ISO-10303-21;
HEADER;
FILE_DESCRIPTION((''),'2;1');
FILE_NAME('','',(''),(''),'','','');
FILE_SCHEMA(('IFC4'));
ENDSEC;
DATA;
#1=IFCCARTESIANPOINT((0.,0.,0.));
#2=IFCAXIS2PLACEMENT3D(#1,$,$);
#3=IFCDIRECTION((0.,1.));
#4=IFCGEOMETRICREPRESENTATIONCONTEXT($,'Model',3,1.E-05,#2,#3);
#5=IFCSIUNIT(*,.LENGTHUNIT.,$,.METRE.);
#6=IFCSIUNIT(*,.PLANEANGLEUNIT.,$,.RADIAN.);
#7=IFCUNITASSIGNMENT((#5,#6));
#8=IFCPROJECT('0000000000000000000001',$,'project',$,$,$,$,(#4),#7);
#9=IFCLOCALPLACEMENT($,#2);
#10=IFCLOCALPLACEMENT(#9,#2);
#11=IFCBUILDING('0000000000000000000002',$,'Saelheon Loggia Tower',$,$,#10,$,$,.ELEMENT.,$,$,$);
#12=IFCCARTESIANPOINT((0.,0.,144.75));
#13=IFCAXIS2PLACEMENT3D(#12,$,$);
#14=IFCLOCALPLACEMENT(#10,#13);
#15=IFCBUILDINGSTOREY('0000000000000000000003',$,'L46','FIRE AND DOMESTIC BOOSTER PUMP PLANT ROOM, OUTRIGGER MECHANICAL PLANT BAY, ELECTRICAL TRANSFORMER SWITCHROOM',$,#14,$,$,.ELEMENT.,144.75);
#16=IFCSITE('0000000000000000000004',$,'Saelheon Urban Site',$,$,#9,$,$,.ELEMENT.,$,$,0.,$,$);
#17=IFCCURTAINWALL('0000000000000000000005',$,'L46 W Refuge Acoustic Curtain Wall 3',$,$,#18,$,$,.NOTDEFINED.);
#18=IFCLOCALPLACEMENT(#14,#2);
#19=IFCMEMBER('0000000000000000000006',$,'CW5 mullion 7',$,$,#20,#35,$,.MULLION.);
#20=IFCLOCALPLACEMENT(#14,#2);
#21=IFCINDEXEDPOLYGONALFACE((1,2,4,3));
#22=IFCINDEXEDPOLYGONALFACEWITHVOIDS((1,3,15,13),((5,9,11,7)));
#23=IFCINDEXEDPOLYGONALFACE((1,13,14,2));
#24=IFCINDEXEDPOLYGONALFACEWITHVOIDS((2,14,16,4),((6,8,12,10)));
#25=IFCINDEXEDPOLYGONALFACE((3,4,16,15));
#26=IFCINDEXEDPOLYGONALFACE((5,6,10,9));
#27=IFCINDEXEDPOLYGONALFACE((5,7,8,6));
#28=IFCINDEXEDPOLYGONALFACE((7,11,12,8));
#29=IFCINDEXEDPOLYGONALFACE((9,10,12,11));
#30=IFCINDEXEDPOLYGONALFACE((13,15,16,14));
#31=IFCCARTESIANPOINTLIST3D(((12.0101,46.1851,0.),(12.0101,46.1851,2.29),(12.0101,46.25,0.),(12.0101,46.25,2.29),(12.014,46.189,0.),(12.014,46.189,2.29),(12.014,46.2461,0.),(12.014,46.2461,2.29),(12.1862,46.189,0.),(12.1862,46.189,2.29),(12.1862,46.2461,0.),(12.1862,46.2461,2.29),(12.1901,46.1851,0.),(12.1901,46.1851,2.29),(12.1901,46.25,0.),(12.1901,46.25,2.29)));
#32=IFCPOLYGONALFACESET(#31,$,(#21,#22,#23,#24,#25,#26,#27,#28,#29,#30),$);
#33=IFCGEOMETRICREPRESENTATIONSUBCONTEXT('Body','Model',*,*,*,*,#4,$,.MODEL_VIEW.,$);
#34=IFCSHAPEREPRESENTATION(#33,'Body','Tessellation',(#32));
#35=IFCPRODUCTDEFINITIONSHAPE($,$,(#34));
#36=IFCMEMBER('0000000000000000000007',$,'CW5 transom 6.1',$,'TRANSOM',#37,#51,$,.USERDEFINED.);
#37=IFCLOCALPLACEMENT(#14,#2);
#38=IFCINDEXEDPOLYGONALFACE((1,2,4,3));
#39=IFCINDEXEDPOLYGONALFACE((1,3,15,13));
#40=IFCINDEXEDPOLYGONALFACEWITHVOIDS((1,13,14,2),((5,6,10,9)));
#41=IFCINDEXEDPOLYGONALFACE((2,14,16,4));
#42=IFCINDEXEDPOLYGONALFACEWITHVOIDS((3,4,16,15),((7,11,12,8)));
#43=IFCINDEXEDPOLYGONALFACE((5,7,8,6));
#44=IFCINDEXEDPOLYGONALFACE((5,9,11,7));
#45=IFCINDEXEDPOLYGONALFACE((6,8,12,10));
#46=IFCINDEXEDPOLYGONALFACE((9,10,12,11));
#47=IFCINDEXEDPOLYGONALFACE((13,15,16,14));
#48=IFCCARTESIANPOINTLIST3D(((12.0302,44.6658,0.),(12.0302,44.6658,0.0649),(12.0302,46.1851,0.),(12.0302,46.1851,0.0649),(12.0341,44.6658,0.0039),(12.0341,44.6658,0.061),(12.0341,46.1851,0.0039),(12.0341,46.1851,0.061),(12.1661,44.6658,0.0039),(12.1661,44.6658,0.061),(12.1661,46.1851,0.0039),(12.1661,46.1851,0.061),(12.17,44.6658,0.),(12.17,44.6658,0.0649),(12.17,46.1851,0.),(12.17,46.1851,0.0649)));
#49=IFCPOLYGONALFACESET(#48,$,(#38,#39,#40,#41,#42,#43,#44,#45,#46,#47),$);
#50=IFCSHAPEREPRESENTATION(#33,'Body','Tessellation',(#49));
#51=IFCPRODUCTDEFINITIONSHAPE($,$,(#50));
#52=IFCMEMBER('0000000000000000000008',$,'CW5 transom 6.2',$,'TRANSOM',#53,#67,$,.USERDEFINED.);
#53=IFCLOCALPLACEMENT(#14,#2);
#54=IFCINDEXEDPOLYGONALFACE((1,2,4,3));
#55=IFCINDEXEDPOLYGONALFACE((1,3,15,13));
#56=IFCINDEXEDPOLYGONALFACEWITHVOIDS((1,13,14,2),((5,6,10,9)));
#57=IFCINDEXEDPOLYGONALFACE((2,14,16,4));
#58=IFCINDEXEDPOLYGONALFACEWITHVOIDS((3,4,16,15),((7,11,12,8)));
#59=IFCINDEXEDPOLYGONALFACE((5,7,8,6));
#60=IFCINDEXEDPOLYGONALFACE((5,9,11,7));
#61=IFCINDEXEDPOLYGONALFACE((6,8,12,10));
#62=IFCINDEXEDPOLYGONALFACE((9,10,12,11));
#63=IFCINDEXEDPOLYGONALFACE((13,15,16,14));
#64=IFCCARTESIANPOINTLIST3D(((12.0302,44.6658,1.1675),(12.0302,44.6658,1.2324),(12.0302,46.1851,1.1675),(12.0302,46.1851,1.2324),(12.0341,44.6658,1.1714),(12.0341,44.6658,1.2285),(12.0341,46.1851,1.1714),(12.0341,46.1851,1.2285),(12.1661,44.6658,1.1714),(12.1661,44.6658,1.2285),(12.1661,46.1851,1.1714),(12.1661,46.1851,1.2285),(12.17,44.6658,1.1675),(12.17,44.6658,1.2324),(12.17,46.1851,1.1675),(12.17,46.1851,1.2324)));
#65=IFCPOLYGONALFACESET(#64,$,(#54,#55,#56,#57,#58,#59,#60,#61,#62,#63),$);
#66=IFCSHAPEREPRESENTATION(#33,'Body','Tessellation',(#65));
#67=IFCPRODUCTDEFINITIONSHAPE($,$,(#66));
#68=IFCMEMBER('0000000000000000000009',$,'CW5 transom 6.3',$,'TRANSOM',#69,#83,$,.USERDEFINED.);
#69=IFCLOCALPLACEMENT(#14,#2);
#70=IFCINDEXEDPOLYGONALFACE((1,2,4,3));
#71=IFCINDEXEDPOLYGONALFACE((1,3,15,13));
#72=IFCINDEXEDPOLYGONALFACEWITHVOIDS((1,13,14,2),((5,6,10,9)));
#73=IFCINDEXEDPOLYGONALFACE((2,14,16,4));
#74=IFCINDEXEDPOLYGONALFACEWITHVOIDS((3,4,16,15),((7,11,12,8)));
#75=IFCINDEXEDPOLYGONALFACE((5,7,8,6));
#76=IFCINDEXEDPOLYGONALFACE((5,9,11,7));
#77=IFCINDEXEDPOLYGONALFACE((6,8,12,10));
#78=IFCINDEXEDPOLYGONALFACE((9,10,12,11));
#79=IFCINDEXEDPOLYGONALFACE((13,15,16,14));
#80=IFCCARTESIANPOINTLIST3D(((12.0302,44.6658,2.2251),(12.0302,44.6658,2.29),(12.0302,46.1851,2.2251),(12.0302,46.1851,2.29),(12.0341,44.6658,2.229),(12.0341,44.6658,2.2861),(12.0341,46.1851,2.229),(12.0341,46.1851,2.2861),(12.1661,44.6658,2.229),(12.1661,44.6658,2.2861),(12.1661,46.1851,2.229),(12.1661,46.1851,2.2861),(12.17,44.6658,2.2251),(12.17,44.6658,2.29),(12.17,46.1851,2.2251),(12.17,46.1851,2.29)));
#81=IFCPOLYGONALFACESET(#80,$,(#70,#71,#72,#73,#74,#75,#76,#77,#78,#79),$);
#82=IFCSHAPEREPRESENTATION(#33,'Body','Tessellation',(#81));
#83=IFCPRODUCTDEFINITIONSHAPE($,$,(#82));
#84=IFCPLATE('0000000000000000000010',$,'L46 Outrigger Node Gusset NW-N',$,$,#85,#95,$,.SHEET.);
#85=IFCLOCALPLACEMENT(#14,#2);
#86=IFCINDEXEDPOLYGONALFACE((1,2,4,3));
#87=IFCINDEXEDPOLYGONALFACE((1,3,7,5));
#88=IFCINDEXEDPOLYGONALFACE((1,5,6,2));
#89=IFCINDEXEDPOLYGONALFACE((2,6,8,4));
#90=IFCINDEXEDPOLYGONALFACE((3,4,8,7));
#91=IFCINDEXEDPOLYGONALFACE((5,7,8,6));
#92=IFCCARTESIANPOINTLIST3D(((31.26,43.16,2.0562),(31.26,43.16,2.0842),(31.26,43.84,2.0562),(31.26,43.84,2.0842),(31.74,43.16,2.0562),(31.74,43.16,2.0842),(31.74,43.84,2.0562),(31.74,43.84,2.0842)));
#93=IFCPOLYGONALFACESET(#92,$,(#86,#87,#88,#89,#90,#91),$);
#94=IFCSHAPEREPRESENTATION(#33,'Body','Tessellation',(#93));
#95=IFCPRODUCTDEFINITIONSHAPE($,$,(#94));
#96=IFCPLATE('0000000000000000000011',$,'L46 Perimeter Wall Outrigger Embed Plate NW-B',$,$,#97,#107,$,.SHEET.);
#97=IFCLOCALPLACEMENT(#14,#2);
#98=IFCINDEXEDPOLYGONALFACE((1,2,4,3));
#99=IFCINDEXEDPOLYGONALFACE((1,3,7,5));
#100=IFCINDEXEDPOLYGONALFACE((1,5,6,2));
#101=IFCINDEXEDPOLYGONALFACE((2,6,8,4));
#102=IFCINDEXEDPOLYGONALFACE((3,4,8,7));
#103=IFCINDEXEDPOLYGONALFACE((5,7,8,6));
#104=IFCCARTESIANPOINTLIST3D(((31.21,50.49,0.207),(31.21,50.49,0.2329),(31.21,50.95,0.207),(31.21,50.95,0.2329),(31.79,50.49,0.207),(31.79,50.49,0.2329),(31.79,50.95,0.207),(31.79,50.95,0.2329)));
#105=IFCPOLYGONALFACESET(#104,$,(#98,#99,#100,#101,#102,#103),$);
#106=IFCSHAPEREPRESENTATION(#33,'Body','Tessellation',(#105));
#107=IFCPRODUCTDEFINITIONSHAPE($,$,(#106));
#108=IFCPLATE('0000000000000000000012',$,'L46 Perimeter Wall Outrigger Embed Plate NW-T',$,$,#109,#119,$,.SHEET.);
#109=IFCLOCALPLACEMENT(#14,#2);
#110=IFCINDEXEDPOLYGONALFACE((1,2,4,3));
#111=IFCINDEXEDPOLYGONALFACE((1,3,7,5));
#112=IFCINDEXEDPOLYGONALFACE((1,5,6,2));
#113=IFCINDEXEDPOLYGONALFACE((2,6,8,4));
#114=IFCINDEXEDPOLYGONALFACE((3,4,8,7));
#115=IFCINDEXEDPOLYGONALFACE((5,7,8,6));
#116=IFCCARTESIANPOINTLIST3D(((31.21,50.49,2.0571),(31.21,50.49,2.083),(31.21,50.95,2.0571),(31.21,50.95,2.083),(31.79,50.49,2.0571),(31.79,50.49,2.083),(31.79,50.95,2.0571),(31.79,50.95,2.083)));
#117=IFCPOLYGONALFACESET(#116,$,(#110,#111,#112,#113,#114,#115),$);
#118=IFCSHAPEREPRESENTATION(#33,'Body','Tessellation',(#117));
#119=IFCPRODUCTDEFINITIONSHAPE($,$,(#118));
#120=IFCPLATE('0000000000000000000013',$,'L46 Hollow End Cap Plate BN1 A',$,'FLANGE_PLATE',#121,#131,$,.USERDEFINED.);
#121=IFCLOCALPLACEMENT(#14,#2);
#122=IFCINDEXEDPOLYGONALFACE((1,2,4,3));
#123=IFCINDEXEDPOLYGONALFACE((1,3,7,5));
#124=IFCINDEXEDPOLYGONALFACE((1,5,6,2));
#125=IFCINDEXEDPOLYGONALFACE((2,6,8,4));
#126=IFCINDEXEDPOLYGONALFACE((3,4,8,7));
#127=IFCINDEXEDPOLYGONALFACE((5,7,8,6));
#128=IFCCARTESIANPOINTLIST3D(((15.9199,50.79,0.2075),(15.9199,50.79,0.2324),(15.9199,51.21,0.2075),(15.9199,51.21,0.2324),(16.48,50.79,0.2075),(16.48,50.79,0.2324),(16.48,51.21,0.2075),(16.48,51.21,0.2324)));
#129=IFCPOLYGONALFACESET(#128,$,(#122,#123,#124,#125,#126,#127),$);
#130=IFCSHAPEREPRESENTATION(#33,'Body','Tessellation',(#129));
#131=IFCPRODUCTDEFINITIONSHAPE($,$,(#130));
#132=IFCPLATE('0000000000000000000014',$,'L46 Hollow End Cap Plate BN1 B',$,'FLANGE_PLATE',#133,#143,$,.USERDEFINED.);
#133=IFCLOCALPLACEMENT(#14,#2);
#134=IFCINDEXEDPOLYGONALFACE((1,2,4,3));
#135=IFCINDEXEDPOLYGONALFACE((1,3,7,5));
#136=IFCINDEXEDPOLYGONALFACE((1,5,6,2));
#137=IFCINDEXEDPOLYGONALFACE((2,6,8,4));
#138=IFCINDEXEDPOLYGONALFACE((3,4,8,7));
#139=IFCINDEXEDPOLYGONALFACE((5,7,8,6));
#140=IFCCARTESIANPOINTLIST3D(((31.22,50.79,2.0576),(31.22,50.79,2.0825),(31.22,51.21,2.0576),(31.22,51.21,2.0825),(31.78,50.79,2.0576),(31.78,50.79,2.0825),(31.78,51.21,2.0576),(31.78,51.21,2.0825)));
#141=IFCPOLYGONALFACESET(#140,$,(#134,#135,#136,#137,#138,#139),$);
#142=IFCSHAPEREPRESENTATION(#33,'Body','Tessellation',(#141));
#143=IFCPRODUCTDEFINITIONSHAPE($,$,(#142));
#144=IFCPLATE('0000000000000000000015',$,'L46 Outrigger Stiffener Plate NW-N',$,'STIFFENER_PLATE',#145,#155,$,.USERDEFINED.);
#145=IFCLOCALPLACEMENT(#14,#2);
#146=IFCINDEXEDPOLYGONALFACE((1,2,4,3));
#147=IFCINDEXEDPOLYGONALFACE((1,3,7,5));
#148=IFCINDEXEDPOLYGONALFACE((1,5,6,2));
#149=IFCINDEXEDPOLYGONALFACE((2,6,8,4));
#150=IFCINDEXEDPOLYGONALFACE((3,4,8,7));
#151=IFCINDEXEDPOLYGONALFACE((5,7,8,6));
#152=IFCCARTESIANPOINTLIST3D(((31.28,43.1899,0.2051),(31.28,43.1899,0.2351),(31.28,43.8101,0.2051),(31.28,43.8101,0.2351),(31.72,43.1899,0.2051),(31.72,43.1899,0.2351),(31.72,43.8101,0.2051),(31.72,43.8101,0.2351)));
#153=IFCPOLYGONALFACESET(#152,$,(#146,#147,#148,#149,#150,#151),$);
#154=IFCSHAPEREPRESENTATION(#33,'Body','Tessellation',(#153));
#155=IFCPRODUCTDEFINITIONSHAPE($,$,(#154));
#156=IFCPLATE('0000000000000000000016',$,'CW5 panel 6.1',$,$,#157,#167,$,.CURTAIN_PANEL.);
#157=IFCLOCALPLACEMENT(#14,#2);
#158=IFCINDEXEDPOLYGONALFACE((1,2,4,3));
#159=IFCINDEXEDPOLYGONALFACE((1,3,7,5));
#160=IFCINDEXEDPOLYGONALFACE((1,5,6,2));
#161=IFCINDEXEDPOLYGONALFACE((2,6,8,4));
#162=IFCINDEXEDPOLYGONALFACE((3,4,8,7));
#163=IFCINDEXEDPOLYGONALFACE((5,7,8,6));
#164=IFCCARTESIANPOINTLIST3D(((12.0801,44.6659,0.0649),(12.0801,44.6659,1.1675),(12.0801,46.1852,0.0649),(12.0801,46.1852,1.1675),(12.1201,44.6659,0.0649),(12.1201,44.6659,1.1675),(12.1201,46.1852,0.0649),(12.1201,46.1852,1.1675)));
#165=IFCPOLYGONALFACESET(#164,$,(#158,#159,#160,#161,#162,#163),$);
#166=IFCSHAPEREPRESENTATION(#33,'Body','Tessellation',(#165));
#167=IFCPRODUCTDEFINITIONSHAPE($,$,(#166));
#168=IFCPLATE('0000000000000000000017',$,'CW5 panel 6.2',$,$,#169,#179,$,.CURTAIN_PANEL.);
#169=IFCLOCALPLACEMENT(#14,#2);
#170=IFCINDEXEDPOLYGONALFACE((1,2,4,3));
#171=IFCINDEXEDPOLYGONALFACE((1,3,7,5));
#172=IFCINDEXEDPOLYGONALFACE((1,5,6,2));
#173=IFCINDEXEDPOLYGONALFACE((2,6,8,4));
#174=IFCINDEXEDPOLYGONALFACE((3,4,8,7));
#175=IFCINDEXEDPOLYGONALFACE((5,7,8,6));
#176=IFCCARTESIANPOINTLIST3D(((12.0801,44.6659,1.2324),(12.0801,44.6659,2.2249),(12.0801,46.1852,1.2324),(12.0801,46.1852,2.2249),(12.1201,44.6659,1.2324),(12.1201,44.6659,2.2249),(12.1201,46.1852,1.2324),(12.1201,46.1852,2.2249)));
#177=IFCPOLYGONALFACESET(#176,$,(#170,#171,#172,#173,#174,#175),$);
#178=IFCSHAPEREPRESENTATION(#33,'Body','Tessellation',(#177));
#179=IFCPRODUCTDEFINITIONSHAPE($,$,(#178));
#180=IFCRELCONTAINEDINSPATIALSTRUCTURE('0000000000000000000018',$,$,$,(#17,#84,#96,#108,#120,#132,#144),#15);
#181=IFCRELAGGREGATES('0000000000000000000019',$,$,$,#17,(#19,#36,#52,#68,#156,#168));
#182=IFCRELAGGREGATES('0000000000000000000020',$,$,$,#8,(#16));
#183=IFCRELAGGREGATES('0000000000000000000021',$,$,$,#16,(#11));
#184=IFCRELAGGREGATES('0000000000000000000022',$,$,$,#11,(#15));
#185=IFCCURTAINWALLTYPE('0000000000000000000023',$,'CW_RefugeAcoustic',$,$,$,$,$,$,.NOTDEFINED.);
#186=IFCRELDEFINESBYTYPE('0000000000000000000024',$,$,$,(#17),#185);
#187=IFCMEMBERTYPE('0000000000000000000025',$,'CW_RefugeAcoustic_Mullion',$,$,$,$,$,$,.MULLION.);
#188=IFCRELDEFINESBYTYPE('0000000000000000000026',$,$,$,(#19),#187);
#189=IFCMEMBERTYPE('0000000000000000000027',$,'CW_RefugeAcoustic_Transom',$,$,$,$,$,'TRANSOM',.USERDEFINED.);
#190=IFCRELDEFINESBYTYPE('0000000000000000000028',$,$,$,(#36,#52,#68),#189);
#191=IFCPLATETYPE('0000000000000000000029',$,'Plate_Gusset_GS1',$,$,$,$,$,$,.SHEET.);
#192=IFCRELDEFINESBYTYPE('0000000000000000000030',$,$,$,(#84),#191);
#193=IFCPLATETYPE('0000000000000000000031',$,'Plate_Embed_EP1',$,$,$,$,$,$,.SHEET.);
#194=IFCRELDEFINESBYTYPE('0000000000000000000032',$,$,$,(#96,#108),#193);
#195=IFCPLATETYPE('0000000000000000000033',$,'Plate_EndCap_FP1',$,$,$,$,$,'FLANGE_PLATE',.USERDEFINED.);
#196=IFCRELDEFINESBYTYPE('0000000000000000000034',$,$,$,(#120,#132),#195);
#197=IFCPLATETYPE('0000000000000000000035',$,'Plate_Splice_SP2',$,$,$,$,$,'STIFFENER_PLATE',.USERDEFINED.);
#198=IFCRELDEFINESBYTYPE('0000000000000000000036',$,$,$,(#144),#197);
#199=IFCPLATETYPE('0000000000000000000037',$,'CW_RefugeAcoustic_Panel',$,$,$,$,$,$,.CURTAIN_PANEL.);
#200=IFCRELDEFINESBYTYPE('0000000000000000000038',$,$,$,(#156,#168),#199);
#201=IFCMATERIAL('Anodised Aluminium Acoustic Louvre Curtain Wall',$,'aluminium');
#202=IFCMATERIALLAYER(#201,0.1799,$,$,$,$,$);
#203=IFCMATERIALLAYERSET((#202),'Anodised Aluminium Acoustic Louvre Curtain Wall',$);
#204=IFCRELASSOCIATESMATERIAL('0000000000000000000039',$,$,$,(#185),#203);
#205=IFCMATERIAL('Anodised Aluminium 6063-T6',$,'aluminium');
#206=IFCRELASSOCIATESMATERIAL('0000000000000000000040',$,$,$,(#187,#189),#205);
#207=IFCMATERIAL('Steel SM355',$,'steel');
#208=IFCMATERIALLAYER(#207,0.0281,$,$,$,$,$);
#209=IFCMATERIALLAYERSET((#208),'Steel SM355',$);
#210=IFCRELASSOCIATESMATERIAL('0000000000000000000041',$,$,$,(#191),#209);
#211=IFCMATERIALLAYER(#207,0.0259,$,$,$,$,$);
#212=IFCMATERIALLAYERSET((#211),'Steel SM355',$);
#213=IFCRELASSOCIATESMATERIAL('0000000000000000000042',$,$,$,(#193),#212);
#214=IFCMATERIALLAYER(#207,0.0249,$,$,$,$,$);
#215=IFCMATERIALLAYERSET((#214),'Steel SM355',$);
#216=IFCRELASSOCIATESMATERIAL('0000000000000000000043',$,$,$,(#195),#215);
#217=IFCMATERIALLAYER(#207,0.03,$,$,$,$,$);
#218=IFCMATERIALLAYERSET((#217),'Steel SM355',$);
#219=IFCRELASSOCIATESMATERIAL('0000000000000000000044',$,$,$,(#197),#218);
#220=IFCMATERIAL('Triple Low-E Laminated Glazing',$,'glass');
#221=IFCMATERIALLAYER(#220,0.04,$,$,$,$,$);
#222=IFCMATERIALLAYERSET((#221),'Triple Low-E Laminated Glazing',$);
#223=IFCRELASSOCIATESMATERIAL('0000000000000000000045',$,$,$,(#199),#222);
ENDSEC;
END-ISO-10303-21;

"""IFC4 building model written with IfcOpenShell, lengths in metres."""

from ifc_helpers import new_model, si_unit, direction, frame, origin, origin_2d, place, context, subcontext, project, spatial, rectangle, hollow_rectangle, extrude, source, transform, mapped, material, layer, layer_set, material_profile, profile_set, type_object, element, aggregate, save


model = new_model("IFC4")

# Units and contexts
model_context = context("Model", 3, precision=1e-05, world=origin(), true_north=direction((0.0, 1.0)))
body_context = subcontext(model_context, "Body", "Model", "MODEL_VIEW")
ifc_project = project(units=[si_unit("LENGTHUNIT", "METRE"), si_unit("PLANEANGLEUNIT", "RADIAN")], contexts=[model_context])

# Site, building, storey
site_placement = place(None, origin())
site = spatial("IfcSite", under=ifc_project, at=site_placement, Name="Saelheon Urban Site", CompositionType="ELEMENT", RefElevation=0.0)
building_placement = place(site_placement, origin())
building = spatial("IfcBuilding", under=site, at=building_placement, Name="Saelheon Loggia Tower", CompositionType="ELEMENT")
storey_placement = place(building_placement, frame((0.0, 0.0, 144.75)))
storey = spatial("IfcBuildingStorey", under=building, at=storey_placement, Name="L46", Description="FIRE AND DOMESTIC BOOSTER PUMP PLANT ROOM, OUTRIGGER MECHANICAL PLANT BAY, ELECTRICAL TRANSFORMER SWITCHROOM", CompositionType="ELEMENT", Elevation=144.75)

# Shared definitions
ifc_material_1 = material(Name="Steel SM355", Category="steel")

# Curtain wall, members
ifc_material_2 = material(Name="Anodised Aluminium Acoustic Louvre Curtain Wall", Category="aluminium")
ifc_layer_1 = layer(ifc_material_2, 0.1799)
ifc_layer_set_1 = layer_set([ifc_layer_1], Name="Anodised Aluminium Acoustic Louvre Curtain Wall")
curtain_wall_type = type_object("IfcCurtainWallType", Name="CW_RefugeAcoustic", PredefinedType="NOTDEFINED", material=ifc_layer_set_1)
curtain_wall_placement = place(storey_placement, origin())
curtain_wall = element("IfcCurtainWall", 1, at=curtain_wall_placement, inside=storey, type_object=curtain_wall_type, Name="L46 W Refuge Acoustic Curtain Wall 3", PredefinedType="NOTDEFINED")
ifc_material_3 = material(Name="Anodised Aluminium 6063-T6", Category="aluminium")
ifc_material_profile_1 = material_profile(ifc_material_3, hollow_rectangle(XDim=0.0649, YDim=0.1799, WallThickness=0.0039, at=origin_2d()), Name="RHS-180x65x4")
ifc_profile_set_1 = profile_set([ifc_material_profile_1], Name="Anodised Aluminium 6063-T6")
member_type_1 = type_object("IfcMemberType", Name="CW_RefugeAcoustic_Mullion", PredefinedType="MULLION", material=ifc_profile_set_1)
shared_shape_1 = source(origin(), body_context, "Body", "SweptSolid", [
    extrude(hollow_rectangle(XDim=0.0649, YDim=0.1799, WallThickness=0.0039, at=origin_2d()), origin(), (0.0, 0.0, 1.0), 2.29),
])
member_1_placement = place(storey_placement, frame((12.1001, 46.2175, 0.0), z_axis=(0.0, 0.0, 1.0), x_axis=(0.0, 1.0, 0.0)))
member_1 = element("IfcMember", 2, at=member_1_placement, type_object=member_type_1, Name="CW5 mullion 7", PredefinedType="MULLION", context=body_context, shape_type="MappedRepresentation", body=[
    mapped(shared_shape_1, transform((0.0, 0.0, 0.0), scale=1.0)),
])
ifc_material_profile_2 = material_profile(ifc_material_3, hollow_rectangle(XDim=0.0649, YDim=0.1399, WallThickness=0.0039, at=origin_2d()), Name="RHS-140x65x4")
ifc_profile_set_2 = profile_set([ifc_material_profile_2], Name="Anodised Aluminium 6063-T6")
member_type_2 = type_object("IfcMemberType", Name="CW_RefugeAcoustic_Transom", ElementType="TRANSOM", PredefinedType="USERDEFINED", material=ifc_profile_set_2)
shared_shape_2 = source(origin(), body_context, "Body", "SweptSolid", [
    extrude(hollow_rectangle(XDim=0.0649, YDim=0.1399, WallThickness=0.0039, at=origin_2d()), origin(), (0.0, 0.0, 1.0), 1.5193),
])
member_2_placement = place(storey_placement, frame((12.1001, 44.6658, 0.0325), z_axis=(0.0, 1.0, 0.0), x_axis=(0.0, 0.0, 1.0)))
member_2 = element("IfcMember", 3, at=member_2_placement, type_object=member_type_2, Name="CW5 transom 6.1", ObjectType="TRANSOM", PredefinedType="USERDEFINED", context=body_context, shape_type="MappedRepresentation", body=[
    mapped(shared_shape_2, transform((0.0, 0.0, 0.0), scale=1.0)),
])
member_3_placement = place(storey_placement, frame((12.1001, 44.6658, 1.2), z_axis=(0.0, 1.0, 0.0), x_axis=(0.0, 0.0, 1.0)))
member_3 = element("IfcMember", 4, at=member_3_placement, type_object=member_type_2, Name="CW5 transom 6.2", ObjectType="TRANSOM", PredefinedType="USERDEFINED", context=body_context, shape_type="MappedRepresentation", body=[
    mapped(shared_shape_2, transform((0.0, 0.0, 0.0), scale=1.0)),
])
member_4_placement = place(storey_placement, frame((12.1001, 44.6658, 2.2576), z_axis=(0.0, 1.0, 0.0), x_axis=(0.0, 0.0, 1.0)))
member_4 = element("IfcMember", 5, at=member_4_placement, type_object=member_type_2, Name="CW5 transom 6.3", ObjectType="TRANSOM", PredefinedType="USERDEFINED", context=body_context, shape_type="MappedRepresentation", body=[
    mapped(shared_shape_2, transform((0.0, 0.0, 0.0), scale=1.0)),
])

# Plates
ifc_layer_2 = layer(ifc_material_1, 0.0281)
ifc_layer_set_2 = layer_set([ifc_layer_2], Name="Steel SM355")
plate_type_1 = type_object("IfcPlateType", Name="Plate_Gusset_GS1", PredefinedType="SHEET", material=ifc_layer_set_2)
shared_shape_3 = source(origin(), body_context, "Body", "SweptSolid", [
    extrude(rectangle(XDim=0.6799, YDim=0.48, at=origin_2d()), origin(), (0.0, 0.0, 1.0), 0.0281),
])
plate_1_placement = place(storey_placement, frame((31.5, 43.5, 2.0562), z_axis=(0.0, 0.0, 1.0), x_axis=(0.0, 1.0, 0.0)))
element("IfcPlate", 6, at=plate_1_placement, inside=storey, type_object=plate_type_1, Name="L46 Outrigger Node Gusset NW-N", PredefinedType="SHEET", context=body_context, shape_type="MappedRepresentation", body=[
    mapped(shared_shape_3, transform((0.0, 0.0, 0.0), scale=1.0)),
])
ifc_layer_3 = layer(ifc_material_1, 0.0259)
ifc_layer_set_3 = layer_set([ifc_layer_3], Name="Steel SM355")
plate_type_2 = type_object("IfcPlateType", Name="Plate_Embed_EP1", PredefinedType="SHEET", material=ifc_layer_set_3)
shared_shape_4 = source(origin(), body_context, "Body", "SweptSolid", [
    extrude(rectangle(XDim=0.5801, YDim=0.46, at=origin_2d()), origin(), (0.0, 0.0, 1.0), 0.0259),
])
for number, where, z_axis, x_axis, name in (
    (7, (31.5, 50.72, 0.207), (0.0, 0.0, 1.0), (1.0, 0.0, 0.0), "L46 Perimeter Wall Outrigger Embed Plate NW-B"),
    (8, (31.5, 50.72, 2.0571), (0.0, 0.0, 1.0), (1.0, 0.0, 0.0), "L46 Perimeter Wall Outrigger Embed Plate NW-T"),
):
    element("IfcPlate", number, at=place(storey_placement, frame(where, z_axis=z_axis, x_axis=x_axis)), inside=storey, type_object=plate_type_2, Name=name, PredefinedType="SHEET", context=body_context, shape_type="MappedRepresentation", body=[
        mapped(shared_shape_4, transform((0.0, 0.0, 0.0), scale=1.0)),
    ])
ifc_layer_4 = layer(ifc_material_1, 0.0249)
ifc_layer_set_4 = layer_set([ifc_layer_4], Name="Steel SM355")
plate_type_3 = type_object("IfcPlateType", Name="Plate_EndCap_FP1", ElementType="FLANGE_PLATE", PredefinedType="USERDEFINED", material=ifc_layer_set_4)
shared_shape_5 = source(origin(), body_context, "Body", "SweptSolid", [
    extrude(rectangle(XDim=0.5601, YDim=0.4199, at=origin_2d()), origin(), (0.0, 0.0, 1.0), 0.0249),
])
for number, where, z_axis, x_axis, name in (
    (9, (16.2, 51.0, 0.2075), (0.0, 0.0, 1.0), (1.0, 0.0, 0.0), "L46 Hollow End Cap Plate BN1 A"),
    (10, (31.5, 51.0, 2.0576), (0.0, 0.0, 1.0), (1.0, 0.0, 0.0), "L46 Hollow End Cap Plate BN1 B"),
):
    element("IfcPlate", number, at=place(storey_placement, frame(where, z_axis=z_axis, x_axis=x_axis)), inside=storey, type_object=plate_type_3, Name=name, ObjectType="FLANGE_PLATE", PredefinedType="USERDEFINED", context=body_context, shape_type="MappedRepresentation", body=[
        mapped(shared_shape_5, transform((0.0, 0.0, 0.0), scale=1.0)),
    ])
ifc_layer_5 = layer(ifc_material_1, 0.03)
ifc_layer_set_5 = layer_set([ifc_layer_5], Name="Steel SM355")
plate_type_4 = type_object("IfcPlateType", Name="Plate_Splice_SP2", ElementType="STIFFENER_PLATE", PredefinedType="USERDEFINED", material=ifc_layer_set_5)
shared_shape_6 = source(origin(), body_context, "Body", "SweptSolid", [
    extrude(rectangle(XDim=0.6201, YDim=0.4399, at=origin_2d()), origin(), (0.0, 0.0, 1.0), 0.03),
])
plate_2_placement = place(storey_placement, frame((31.5, 43.5, 0.2051), z_axis=(0.0, 0.0, 1.0), x_axis=(0.0, 1.0, 0.0)))
element("IfcPlate", 11, at=plate_2_placement, inside=storey, type_object=plate_type_4, Name="L46 Outrigger Stiffener Plate NW-N", ObjectType="STIFFENER_PLATE", PredefinedType="USERDEFINED", context=body_context, shape_type="MappedRepresentation", body=[
    mapped(shared_shape_6, transform((0.0, 0.0, 0.0), scale=1.0)),
])

# Plates
ifc_material_4 = material(Name="Triple Low-E Laminated Glazing", Category="glass")
ifc_layer_6 = layer(ifc_material_4, 0.04)
ifc_layer_set_6 = layer_set([ifc_layer_6], Name="Triple Low-E Laminated Glazing")
plate_type_5 = type_object("IfcPlateType", Name="CW_RefugeAcoustic_Panel", PredefinedType="CURTAIN_PANEL", material=ifc_layer_set_6)
shared_shape_7 = source(origin(), body_context, "Body", "SweptSolid", [
    extrude(rectangle(XDim=1.5193, YDim=0.04, at=origin_2d()), origin(), (0.0, 0.0, 1.0), 1.1025),
])
plate_3_placement = place(storey_placement, frame((12.1001, 45.4255, 0.0649), z_axis=(0.0, 0.0, 1.0), x_axis=(0.0, 1.0, 0.0)))
plate_3 = element("IfcPlate", 12, at=plate_3_placement, type_object=plate_type_5, Name="CW5 panel 6.1", PredefinedType="CURTAIN_PANEL", context=body_context, shape_type="MappedRepresentation", body=[
    mapped(shared_shape_7, transform((0.0, 0.0, 0.0), scale=1.0)),
])
shared_shape_8 = source(origin(), body_context, "Body", "SweptSolid", [
    extrude(rectangle(XDim=1.5193, YDim=0.04, at=origin_2d()), origin(), (0.0, 0.0, 1.0), 0.9924),
])
plate_4_placement = place(storey_placement, frame((12.1001, 45.4255, 1.2324), z_axis=(0.0, 0.0, 1.0), x_axis=(0.0, 1.0, 0.0)))
plate_4 = element("IfcPlate", 13, at=plate_4_placement, type_object=plate_type_5, Name="CW5 panel 6.2", PredefinedType="CURTAIN_PANEL", context=body_context, shape_type="MappedRepresentation", body=[
    mapped(shared_shape_8, transform((0.0, 0.0, 0.0), scale=1.0)),
])
aggregate(curtain_wall, [member_1, member_2, member_3, member_4, plate_3, plate_4])

save(model, "model.ifc")
